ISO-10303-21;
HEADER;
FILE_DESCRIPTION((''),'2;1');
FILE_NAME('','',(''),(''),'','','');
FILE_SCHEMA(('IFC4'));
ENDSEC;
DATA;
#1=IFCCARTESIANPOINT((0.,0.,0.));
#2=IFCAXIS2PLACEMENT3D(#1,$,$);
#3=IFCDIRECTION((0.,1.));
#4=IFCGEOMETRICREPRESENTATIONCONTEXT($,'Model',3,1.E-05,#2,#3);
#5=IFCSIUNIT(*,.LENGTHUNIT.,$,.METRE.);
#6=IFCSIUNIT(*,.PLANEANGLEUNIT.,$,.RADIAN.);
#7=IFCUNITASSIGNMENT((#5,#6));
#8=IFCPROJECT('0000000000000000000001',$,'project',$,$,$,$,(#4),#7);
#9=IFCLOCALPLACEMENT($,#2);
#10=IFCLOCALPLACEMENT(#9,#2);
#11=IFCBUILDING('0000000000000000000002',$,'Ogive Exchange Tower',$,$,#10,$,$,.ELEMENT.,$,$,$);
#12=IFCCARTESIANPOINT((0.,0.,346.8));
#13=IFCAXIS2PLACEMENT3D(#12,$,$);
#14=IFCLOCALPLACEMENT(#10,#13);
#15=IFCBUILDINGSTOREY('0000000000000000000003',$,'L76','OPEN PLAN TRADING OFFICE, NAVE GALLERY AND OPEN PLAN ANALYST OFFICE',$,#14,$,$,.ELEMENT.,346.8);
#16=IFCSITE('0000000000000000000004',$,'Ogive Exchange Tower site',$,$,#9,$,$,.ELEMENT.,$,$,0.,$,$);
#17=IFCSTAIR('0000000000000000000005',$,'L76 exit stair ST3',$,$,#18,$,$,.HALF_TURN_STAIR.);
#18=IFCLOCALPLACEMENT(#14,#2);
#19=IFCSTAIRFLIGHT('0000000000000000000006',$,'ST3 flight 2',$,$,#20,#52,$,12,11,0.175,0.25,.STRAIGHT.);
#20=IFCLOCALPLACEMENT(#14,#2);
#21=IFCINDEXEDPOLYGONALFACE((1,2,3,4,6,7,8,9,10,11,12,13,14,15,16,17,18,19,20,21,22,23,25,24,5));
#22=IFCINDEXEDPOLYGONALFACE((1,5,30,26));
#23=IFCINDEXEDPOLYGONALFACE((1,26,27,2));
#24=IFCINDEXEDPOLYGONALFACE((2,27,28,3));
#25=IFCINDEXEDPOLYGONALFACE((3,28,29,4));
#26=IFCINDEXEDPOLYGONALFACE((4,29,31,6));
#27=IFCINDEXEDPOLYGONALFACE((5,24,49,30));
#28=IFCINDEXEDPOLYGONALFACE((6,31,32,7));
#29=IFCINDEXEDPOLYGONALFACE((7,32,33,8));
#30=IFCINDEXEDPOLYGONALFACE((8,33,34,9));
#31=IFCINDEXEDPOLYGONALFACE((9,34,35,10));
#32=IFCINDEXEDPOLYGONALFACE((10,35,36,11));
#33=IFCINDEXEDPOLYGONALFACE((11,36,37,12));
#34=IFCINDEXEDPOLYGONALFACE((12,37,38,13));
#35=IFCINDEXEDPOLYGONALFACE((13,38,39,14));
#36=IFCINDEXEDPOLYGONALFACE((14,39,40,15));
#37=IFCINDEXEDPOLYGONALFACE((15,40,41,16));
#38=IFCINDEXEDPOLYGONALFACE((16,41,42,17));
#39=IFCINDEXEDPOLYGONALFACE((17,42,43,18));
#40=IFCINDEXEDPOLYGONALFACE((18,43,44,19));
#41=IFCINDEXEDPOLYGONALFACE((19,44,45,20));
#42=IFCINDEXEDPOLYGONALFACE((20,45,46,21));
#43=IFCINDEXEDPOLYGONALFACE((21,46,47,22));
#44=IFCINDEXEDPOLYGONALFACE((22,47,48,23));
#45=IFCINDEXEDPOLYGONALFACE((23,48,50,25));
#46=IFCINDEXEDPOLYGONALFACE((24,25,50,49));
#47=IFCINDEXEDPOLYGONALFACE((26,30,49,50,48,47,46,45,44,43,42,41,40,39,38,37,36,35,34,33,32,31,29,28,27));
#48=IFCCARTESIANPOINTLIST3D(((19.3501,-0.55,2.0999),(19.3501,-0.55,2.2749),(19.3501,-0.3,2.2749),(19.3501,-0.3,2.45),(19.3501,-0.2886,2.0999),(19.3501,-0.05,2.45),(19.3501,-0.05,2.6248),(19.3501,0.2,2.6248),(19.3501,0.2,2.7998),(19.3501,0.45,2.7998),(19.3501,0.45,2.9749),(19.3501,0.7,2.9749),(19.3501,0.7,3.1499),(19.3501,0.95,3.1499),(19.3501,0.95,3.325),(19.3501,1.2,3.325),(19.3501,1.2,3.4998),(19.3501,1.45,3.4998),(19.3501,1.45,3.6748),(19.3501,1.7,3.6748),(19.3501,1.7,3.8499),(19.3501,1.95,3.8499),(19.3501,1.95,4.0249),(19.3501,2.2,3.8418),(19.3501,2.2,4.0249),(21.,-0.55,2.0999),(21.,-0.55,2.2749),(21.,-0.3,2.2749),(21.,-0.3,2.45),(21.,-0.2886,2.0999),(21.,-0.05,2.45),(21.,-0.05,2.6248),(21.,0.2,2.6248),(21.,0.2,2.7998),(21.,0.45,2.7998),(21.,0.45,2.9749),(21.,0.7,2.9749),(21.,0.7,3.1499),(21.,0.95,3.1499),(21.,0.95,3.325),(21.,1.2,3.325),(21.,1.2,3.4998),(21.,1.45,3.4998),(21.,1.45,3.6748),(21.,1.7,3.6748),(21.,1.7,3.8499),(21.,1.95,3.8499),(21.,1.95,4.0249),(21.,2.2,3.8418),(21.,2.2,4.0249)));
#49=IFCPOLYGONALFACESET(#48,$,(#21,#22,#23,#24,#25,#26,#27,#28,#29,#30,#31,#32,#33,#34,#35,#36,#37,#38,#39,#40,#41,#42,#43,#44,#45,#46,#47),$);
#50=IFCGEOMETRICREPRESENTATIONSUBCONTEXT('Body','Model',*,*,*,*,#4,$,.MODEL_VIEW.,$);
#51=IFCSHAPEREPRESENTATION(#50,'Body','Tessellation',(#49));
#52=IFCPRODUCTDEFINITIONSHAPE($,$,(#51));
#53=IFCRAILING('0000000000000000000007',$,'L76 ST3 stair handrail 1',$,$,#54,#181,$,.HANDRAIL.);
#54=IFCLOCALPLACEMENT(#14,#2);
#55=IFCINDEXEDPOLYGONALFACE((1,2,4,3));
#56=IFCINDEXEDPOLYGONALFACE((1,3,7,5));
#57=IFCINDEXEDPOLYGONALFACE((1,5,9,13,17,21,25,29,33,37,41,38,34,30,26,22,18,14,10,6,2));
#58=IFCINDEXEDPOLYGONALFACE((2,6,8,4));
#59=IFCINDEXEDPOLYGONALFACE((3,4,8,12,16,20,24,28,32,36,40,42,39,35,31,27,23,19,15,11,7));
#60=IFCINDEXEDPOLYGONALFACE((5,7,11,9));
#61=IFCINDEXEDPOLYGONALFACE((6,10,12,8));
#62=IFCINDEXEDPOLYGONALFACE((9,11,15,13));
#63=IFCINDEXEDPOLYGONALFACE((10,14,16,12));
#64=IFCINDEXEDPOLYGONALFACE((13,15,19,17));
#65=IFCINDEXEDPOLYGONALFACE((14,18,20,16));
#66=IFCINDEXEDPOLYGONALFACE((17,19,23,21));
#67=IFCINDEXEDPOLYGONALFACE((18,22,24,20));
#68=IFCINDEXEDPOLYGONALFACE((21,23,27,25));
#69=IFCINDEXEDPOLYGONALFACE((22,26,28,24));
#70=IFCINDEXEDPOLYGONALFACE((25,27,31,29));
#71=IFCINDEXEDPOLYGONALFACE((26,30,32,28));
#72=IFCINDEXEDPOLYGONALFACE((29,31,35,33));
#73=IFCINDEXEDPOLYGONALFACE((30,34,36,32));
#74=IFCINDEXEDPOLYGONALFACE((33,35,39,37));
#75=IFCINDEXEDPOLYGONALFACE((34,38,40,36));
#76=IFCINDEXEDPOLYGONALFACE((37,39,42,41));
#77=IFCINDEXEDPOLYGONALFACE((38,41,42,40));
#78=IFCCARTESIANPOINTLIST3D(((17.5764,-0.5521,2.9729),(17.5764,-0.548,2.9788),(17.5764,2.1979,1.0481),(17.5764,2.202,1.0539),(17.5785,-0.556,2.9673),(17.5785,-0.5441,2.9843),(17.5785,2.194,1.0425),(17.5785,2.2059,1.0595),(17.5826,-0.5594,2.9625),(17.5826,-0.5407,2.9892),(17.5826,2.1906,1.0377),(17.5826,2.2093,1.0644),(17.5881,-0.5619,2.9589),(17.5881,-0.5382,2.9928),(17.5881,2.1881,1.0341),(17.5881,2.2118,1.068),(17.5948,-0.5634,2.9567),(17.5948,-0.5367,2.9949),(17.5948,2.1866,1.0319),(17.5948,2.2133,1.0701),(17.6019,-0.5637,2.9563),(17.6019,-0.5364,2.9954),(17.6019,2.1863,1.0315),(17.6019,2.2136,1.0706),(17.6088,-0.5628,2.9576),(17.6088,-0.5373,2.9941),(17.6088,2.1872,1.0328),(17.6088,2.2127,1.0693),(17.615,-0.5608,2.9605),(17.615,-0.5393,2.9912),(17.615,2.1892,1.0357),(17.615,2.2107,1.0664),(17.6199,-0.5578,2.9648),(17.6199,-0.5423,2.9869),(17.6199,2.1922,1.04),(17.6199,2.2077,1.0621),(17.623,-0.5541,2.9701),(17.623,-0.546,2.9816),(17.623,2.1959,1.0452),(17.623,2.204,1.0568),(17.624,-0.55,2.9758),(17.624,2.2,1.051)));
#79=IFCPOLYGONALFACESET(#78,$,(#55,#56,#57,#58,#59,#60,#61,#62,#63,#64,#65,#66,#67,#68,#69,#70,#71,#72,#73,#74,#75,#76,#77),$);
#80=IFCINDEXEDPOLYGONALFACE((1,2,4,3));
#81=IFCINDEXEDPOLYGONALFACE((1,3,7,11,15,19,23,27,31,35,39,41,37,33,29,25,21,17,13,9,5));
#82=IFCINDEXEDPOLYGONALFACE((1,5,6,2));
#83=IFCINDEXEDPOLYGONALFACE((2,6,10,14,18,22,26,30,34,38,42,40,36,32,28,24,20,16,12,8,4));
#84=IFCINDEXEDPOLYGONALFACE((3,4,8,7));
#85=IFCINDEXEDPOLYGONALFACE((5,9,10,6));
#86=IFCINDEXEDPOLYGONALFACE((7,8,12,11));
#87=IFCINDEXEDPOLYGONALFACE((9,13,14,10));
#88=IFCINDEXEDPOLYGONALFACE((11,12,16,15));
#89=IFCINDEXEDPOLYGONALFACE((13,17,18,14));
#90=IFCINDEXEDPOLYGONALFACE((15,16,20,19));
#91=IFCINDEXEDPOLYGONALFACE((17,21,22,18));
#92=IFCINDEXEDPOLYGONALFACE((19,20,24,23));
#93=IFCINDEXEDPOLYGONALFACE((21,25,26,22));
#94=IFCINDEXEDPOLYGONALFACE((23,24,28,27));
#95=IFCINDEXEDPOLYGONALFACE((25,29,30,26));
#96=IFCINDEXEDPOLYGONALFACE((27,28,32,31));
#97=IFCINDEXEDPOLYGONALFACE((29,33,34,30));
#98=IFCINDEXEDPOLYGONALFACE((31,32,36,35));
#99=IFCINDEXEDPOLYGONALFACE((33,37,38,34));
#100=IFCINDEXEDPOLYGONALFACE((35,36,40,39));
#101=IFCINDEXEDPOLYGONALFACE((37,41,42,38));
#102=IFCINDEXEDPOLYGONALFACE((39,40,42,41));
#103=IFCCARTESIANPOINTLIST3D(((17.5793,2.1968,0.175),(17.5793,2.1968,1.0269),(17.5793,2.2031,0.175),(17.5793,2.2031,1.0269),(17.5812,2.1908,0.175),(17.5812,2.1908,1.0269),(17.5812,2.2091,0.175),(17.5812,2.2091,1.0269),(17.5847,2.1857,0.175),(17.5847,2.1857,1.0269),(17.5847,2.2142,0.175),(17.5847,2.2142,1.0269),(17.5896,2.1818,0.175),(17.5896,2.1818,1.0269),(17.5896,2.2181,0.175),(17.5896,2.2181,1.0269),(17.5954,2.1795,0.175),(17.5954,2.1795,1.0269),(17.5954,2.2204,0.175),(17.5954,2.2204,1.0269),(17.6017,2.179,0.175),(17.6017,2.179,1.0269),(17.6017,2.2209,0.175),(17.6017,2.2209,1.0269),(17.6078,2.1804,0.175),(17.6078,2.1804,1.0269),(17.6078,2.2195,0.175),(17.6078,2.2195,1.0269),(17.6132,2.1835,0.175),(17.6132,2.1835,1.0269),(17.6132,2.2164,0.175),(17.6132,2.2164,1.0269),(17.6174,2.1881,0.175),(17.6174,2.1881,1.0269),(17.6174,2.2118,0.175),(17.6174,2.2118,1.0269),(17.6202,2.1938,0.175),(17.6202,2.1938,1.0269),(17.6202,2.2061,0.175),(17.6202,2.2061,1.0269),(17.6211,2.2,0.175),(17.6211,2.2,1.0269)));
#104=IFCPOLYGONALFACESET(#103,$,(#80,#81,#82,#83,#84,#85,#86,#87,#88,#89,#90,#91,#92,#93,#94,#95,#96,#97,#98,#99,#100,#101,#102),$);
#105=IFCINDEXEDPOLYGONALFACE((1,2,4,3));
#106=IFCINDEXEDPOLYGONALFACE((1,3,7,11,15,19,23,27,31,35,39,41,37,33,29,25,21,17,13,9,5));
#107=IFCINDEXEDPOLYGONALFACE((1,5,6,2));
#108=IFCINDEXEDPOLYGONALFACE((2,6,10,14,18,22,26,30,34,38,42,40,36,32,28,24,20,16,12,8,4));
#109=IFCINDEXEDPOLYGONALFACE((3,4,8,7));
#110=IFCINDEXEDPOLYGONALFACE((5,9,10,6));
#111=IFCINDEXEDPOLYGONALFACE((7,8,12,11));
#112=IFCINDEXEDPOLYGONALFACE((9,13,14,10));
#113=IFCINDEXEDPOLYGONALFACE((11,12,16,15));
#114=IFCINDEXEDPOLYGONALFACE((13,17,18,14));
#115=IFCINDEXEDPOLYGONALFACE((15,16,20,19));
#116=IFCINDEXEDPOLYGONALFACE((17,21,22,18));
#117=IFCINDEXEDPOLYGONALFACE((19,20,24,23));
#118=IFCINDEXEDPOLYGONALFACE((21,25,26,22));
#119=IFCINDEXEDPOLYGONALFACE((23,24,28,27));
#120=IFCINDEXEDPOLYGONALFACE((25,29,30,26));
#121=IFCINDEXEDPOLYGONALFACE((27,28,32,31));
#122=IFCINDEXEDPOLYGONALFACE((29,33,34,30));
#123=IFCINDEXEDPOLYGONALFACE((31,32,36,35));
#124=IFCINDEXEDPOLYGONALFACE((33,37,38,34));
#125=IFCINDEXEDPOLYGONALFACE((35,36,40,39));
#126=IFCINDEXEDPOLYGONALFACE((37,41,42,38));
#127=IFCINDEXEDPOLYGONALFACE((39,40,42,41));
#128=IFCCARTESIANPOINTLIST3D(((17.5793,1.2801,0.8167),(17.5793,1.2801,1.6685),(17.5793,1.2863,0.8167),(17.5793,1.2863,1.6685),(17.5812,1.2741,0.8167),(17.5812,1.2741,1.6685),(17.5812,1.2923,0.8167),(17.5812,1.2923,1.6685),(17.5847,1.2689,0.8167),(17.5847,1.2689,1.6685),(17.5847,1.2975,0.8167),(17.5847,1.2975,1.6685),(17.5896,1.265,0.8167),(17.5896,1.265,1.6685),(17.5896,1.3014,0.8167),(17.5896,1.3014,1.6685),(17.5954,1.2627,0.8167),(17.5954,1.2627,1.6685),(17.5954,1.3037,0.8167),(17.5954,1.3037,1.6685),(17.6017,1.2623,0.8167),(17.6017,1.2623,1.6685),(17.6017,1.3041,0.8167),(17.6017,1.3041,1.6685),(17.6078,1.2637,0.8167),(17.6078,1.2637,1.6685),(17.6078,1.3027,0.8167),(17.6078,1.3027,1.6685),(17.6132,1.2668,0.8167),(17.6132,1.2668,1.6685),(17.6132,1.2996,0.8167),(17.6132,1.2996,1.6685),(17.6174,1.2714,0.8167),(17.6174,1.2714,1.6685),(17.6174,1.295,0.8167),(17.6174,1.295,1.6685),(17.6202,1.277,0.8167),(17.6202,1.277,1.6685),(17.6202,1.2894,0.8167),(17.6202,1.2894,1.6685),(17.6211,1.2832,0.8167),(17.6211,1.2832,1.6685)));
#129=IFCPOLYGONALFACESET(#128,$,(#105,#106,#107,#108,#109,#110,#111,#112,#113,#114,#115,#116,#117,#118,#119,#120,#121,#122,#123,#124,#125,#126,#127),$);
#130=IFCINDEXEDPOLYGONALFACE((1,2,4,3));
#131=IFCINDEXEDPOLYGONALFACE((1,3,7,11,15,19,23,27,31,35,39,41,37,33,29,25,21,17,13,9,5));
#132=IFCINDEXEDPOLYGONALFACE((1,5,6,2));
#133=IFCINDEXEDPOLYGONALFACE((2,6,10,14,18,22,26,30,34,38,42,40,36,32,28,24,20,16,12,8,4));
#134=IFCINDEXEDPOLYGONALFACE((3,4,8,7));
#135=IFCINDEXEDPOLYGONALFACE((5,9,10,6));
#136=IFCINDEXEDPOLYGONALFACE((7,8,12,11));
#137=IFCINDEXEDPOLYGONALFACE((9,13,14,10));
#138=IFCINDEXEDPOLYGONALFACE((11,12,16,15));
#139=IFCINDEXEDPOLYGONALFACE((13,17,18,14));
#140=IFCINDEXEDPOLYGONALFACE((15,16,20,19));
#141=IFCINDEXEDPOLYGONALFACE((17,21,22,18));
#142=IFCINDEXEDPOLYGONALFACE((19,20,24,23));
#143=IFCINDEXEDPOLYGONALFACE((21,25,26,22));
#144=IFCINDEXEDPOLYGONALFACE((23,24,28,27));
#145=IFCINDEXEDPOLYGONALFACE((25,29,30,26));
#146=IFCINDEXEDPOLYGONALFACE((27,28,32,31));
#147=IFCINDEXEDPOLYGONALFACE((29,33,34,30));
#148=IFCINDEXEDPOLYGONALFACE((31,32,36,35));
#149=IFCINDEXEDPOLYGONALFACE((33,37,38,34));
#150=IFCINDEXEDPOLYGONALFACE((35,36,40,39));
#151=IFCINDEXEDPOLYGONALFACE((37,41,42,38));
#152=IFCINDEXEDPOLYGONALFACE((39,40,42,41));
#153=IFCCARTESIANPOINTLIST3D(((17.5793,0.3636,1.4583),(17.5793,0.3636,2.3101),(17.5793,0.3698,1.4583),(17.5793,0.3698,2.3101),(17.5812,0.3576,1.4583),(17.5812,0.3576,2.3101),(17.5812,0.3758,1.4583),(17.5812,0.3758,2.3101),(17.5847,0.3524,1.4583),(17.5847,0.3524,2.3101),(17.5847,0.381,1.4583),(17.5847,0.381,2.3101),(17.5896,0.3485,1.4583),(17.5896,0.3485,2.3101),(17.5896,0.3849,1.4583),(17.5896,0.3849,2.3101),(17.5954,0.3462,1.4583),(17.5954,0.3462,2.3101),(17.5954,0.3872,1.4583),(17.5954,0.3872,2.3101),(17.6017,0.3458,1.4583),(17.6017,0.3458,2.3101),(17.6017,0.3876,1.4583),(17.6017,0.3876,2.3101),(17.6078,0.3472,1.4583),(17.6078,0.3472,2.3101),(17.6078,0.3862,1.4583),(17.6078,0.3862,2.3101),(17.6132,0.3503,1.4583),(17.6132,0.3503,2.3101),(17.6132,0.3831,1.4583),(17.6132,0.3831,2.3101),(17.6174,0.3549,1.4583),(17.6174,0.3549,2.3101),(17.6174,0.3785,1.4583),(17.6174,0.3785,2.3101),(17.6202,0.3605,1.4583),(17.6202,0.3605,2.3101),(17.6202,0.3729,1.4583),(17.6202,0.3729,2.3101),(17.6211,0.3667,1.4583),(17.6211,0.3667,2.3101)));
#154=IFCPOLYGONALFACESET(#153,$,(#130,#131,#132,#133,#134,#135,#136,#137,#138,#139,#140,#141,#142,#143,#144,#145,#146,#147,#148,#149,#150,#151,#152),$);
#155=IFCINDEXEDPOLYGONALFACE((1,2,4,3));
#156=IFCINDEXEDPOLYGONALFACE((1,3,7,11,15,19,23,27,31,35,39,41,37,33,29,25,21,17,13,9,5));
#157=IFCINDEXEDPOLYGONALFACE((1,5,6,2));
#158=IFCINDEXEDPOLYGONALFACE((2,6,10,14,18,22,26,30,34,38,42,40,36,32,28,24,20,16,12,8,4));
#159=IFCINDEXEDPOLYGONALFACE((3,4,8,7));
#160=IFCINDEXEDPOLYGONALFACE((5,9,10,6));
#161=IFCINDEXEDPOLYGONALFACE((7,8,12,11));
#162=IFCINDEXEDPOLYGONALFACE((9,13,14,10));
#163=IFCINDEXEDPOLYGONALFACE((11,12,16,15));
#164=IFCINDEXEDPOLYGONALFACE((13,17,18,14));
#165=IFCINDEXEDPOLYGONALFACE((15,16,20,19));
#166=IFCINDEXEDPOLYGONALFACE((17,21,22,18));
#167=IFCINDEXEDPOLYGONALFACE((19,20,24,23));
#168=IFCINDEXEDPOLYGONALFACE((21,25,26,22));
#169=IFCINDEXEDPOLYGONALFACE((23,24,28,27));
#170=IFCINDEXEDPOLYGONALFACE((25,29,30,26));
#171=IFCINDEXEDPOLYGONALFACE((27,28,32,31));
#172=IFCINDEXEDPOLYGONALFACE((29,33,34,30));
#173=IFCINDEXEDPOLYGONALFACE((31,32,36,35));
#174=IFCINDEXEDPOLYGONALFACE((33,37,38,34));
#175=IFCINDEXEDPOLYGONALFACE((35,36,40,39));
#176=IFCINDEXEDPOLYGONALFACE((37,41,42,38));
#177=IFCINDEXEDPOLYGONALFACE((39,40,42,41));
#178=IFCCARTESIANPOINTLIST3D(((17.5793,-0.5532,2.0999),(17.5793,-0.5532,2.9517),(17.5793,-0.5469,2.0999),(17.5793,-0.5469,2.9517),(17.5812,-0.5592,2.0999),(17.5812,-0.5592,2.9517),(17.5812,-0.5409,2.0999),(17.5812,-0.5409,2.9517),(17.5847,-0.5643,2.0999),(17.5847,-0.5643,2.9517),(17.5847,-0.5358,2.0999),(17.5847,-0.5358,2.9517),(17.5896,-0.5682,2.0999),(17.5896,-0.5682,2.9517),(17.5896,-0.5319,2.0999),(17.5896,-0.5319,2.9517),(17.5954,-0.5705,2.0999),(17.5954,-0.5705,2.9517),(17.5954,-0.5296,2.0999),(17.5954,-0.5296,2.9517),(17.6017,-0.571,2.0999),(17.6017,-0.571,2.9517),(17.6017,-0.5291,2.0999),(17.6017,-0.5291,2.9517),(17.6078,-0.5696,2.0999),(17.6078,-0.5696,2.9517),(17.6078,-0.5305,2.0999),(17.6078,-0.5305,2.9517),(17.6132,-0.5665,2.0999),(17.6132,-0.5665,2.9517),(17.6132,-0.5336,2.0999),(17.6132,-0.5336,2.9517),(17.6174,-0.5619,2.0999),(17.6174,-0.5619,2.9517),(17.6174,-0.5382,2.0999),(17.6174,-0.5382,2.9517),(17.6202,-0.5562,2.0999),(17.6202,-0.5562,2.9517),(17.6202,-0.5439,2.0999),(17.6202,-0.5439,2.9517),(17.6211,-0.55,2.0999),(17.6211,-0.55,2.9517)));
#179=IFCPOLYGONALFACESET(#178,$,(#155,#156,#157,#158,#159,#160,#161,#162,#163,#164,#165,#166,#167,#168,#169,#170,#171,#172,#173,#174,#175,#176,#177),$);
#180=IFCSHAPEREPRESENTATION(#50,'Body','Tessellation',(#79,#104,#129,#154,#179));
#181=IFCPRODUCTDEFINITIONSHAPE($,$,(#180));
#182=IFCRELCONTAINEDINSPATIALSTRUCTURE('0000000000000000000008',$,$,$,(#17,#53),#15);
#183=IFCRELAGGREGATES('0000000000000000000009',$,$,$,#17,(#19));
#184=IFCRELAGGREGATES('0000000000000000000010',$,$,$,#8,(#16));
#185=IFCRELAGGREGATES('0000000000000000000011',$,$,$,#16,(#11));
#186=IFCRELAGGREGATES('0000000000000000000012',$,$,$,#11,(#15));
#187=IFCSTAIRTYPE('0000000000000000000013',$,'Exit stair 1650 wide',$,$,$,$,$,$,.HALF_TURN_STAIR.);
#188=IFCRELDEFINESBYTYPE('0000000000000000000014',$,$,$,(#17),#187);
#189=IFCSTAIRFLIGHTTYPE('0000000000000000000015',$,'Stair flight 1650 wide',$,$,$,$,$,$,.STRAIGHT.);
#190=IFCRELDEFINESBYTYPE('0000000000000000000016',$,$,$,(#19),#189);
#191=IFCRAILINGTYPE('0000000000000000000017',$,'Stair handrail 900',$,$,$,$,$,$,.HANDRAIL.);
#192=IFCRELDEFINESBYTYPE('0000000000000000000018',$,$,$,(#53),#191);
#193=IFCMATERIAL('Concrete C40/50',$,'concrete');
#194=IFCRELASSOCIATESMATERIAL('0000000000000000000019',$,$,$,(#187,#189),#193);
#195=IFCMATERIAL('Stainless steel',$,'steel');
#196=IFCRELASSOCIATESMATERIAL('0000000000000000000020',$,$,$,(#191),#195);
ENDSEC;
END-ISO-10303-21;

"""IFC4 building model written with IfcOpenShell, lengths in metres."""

from ifc_helpers import new_model, si_unit, direction, frame, origin, origin_2d, place, context, subcontext, project, spatial, polyline, circle, outline, extrude, material, type_object, element, aggregate, save


model = new_model("IFC4")

# Units and contexts
model_context = context("Model", 3, precision=1e-05, world=origin(), true_north=direction((0.0, 1.0)))
body_context = subcontext(model_context, "Body", "Model", "MODEL_VIEW")
ifc_project = project(units=[si_unit("LENGTHUNIT", "METRE"), si_unit("PLANEANGLEUNIT", "RADIAN")], contexts=[model_context])

# Site, building, storey
site_placement = place(None, origin())
site = spatial("IfcSite", under=ifc_project, at=site_placement, Name="Ogive Exchange Tower site", CompositionType="ELEMENT", RefElevation=0.0)
building_placement = place(site_placement, origin())
building = spatial("IfcBuilding", under=site, at=building_placement, Name="Ogive Exchange Tower", CompositionType="ELEMENT")
storey_placement = place(building_placement, frame((0.0, 0.0, 346.8)))
storey = spatial("IfcBuildingStorey", under=building, at=storey_placement, Name="L76", Description="OPEN PLAN TRADING OFFICE, NAVE GALLERY AND OPEN PLAN ANALYST OFFICE", CompositionType="ELEMENT", Elevation=346.8)

# Shared definitions
ifc_material_1 = material(Name="Stainless steel", Category="steel")

# Stair, stair flight
ifc_material_2 = material(Name="Concrete C40/50", Category="concrete")
stair_type = type_object("IfcStairType", Name="Exit stair 1650 wide", PredefinedType="HALF_TURN_STAIR", material=ifc_material_2)
stair_placement = place(storey_placement, origin())
stair = element("IfcStair", 1, at=stair_placement, inside=storey, type_object=stair_type, Name="L76 exit stair ST3", PredefinedType="HALF_TURN_STAIR")
stair_flight_type = type_object("IfcStairFlightType", Name="Stair flight 1650 wide", PredefinedType="STRAIGHT", material=ifc_material_2)
stair_flight_1_placement = place(storey_placement, frame((20.175, -0.55, 2.0999), z_axis=(0.0, 0.0, 1.0), x_axis=(0.0, 1.0, 0.0)))
stair_flight_1 = element("IfcStairFlight", 2, at=stair_flight_1_placement, type_object=stair_flight_type, Name="ST3 flight 2", NumberOfRisers=12, NumberOfTreads=11, PredefinedType="STRAIGHT", RiserHeight=0.175, TreadLength=0.25, context=body_context, shape_type="SweptSolid", body=[
    extrude(outline(polyline([(0.0, 0.0), (0.0, 0.175), (0.25, 0.175), (0.25, 0.3501), (0.5, 0.3501), (0.5, 0.5249), (0.75, 0.5249), (0.75, 0.7), (1.0, 0.7), (1.0, 0.875), (1.25, 0.875), (1.25, 1.05), (1.5, 1.05), (1.5, 1.2251), (1.75, 1.2251), (1.75, 1.3999), (2.0, 1.3999), (2.0, 1.575), (2.25, 1.575), (2.25, 1.75), (2.5, 1.75), (2.5, 1.925), (2.75, 1.925), (2.75, 2.1001), (2.75, 1.7419), (0.2615, 0.0), (0.0, 0.0)])), frame((0.0, 0.825, 0.0), z_axis=(0.0, -1.0, 0.0), x_axis=(1.0, 0.0, 0.0)), (0.0, 0.0, 1.0), 1.6499),
])
aggregate(stair, [stair_flight_1])

# Railing
railing_type = type_object("IfcRailingType", Name="Stair handrail 900", PredefinedType="HANDRAIL", material=ifc_material_1)
railing_1_placement = place(storey_placement, frame((17.6001, 2.2, 0.175)))
element("IfcRailing", 3, at=railing_1_placement, inside=storey, type_object=railing_type, Name="L76 ST3 stair handrail 1", PredefinedType="HANDRAIL", context=body_context, shape_type="SweptSolid", body=[
    extrude(circle(Radius=0.0239, at=origin_2d()), frame((0.0, 0.0, 0.876), z_axis=(0.0, -0.819259, 0.573423), x_axis=(1.0, 0.0, 0.0)), (0.0, 0.0, 1.0), 3.3567),
    extrude(circle(Radius=0.021, at=origin_2d()), origin(), (0.0, 0.0, 1.0), 0.8518),
    extrude(circle(Radius=0.021, at=origin_2d()), frame((0.0, -0.9167, 0.6416)), (0.0, 0.0, 1.0), 0.8518),
    extrude(circle(Radius=0.021, at=origin_2d()), frame((0.0, -1.8333, 1.2832)), (0.0, 0.0, 1.0), 0.8518),
    extrude(circle(Radius=0.021, at=origin_2d()), frame((0.0, -2.75, 1.9248)), (0.0, 0.0, 1.0), 0.8518),
])

save(model, "model.ifc")
